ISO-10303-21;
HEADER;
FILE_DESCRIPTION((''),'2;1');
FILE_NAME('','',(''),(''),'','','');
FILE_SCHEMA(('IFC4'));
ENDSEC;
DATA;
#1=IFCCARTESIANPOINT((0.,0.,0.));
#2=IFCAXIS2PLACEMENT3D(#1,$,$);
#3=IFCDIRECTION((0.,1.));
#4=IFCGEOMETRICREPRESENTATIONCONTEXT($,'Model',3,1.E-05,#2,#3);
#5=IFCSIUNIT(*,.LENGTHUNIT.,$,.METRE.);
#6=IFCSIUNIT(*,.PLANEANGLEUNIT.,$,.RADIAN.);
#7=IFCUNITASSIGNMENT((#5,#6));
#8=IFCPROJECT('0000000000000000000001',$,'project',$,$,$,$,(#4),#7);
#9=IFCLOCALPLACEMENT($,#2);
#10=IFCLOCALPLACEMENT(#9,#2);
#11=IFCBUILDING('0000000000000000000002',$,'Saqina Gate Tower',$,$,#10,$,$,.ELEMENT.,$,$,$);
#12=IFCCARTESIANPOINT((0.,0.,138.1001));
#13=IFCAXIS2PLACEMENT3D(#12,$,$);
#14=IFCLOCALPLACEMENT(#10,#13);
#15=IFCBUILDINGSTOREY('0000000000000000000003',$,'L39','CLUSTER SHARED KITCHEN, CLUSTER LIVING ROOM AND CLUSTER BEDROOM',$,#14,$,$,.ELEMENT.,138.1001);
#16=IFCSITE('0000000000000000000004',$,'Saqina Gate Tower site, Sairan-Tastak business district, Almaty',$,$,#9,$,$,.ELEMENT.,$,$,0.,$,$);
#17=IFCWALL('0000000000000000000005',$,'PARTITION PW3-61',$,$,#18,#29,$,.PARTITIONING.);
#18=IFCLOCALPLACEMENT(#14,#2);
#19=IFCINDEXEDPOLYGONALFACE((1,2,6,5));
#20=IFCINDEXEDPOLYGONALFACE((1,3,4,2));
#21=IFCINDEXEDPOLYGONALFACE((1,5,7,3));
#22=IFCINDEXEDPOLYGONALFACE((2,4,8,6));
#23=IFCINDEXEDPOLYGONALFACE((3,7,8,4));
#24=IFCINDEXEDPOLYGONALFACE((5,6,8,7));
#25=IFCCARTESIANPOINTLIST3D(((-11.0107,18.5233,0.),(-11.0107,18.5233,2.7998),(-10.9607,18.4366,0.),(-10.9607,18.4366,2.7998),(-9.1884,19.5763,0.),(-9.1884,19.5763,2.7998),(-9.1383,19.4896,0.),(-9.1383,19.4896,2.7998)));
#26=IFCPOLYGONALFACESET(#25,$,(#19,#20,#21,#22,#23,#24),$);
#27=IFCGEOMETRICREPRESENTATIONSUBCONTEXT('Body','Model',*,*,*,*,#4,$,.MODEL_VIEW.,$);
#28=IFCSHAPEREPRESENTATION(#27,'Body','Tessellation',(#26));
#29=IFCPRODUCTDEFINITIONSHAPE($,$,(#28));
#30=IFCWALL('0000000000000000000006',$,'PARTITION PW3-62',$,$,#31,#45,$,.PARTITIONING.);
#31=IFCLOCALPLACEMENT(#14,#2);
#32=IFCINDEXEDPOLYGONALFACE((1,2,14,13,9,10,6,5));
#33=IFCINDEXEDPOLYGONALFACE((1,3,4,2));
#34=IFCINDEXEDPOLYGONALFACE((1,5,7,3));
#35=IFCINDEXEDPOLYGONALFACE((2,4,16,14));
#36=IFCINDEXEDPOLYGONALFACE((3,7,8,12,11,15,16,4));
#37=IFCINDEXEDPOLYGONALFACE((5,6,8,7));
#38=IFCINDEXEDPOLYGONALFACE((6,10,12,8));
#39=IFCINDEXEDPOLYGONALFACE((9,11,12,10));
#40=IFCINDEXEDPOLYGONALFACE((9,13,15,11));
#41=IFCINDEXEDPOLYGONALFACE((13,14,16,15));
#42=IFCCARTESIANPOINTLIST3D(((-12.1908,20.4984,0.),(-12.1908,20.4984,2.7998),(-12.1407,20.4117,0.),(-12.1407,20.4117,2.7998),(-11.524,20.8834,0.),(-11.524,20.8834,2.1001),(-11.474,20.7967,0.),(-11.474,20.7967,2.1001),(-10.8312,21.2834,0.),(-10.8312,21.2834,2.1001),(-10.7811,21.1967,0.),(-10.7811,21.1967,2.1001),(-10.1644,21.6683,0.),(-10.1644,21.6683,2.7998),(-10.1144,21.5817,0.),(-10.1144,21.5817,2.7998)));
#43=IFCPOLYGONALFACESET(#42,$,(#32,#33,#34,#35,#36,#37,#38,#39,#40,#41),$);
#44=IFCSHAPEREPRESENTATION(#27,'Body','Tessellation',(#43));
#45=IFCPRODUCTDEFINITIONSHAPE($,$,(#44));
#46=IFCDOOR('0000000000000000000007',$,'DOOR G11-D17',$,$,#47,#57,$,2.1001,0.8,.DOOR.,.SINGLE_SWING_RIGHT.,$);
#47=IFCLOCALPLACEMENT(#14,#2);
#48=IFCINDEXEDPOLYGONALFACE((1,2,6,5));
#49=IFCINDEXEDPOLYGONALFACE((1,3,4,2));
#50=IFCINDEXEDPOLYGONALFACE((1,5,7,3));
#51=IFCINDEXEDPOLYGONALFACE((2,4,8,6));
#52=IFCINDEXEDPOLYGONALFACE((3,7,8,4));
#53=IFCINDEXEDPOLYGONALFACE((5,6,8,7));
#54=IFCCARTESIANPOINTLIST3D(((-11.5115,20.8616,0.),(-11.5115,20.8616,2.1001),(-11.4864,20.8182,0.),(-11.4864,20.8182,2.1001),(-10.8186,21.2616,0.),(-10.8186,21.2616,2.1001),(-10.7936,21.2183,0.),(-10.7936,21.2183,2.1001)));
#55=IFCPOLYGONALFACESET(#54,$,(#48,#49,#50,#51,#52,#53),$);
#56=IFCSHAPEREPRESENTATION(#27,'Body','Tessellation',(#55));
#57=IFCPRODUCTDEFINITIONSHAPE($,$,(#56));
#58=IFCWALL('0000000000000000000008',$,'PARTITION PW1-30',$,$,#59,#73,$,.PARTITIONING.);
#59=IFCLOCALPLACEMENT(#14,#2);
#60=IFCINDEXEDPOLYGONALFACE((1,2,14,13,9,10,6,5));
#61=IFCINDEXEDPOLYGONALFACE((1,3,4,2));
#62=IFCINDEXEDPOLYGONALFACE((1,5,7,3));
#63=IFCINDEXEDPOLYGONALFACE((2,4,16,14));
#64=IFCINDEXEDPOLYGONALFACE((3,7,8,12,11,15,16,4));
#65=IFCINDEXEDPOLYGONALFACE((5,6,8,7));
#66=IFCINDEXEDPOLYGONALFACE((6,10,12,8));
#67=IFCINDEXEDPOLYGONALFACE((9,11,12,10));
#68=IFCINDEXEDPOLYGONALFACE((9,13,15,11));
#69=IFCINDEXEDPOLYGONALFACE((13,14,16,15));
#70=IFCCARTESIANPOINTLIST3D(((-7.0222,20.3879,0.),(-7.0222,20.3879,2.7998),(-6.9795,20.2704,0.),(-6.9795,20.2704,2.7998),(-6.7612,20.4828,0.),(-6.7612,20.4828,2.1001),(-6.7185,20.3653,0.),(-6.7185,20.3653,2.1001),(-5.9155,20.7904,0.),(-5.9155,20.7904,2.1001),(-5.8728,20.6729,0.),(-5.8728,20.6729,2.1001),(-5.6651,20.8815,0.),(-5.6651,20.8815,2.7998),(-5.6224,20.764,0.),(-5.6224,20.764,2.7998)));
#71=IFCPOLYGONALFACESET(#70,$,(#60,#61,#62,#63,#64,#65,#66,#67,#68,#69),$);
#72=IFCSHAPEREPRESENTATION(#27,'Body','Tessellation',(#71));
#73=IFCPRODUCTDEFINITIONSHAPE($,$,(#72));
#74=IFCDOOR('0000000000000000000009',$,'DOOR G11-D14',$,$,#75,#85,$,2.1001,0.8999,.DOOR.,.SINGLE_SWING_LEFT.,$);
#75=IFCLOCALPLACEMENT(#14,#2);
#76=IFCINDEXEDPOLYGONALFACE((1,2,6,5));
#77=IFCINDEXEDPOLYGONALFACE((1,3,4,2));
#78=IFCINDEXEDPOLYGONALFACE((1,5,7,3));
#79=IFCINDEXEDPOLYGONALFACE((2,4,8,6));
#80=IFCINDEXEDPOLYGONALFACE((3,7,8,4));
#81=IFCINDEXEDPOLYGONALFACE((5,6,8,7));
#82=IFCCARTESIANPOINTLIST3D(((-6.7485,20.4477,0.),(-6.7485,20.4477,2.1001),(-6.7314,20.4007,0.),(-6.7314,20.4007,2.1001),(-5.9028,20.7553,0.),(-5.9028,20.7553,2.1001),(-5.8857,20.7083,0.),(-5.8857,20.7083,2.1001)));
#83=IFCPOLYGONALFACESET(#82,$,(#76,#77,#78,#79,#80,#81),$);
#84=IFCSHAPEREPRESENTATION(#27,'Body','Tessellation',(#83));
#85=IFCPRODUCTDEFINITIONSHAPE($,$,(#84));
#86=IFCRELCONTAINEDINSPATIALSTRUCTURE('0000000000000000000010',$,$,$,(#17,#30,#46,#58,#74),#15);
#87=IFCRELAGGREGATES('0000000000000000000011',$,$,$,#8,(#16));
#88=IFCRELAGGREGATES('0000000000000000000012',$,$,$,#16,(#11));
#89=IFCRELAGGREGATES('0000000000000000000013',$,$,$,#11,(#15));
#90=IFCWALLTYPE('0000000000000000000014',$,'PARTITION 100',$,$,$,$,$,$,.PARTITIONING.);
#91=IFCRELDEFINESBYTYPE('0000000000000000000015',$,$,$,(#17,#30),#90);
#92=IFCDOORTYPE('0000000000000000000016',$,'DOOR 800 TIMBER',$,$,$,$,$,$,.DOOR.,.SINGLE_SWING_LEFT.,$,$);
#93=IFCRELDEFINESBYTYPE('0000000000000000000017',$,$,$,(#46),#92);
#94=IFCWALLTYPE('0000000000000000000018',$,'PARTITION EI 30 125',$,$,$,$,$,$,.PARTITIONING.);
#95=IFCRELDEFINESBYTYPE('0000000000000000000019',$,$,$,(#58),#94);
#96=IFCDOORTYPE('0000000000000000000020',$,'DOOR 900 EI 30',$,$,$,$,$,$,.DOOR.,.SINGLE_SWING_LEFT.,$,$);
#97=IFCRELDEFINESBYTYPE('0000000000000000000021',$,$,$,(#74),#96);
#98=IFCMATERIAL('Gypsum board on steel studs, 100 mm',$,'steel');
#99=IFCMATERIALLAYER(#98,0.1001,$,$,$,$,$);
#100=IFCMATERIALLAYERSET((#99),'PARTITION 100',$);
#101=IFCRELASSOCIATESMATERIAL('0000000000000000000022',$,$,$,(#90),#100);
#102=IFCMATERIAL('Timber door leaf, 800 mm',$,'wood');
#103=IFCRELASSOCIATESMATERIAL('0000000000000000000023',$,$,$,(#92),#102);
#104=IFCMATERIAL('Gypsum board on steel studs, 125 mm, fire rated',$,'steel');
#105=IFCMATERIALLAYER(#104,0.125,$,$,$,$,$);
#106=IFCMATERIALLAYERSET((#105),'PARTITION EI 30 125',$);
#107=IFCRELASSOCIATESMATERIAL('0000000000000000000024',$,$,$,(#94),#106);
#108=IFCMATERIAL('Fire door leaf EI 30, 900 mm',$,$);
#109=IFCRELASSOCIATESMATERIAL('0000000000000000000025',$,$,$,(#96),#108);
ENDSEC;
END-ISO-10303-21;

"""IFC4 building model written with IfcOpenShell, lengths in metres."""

from ifc_helpers import new_model, si_unit, direction, frame, frame_2d, origin, place, context, subcontext, project, spatial, rectangle, extrude, material, layer, layer_set, type_object, element, fill, save


model = new_model("IFC4")

# Units and contexts
model_context = context("Model", 3, precision=1e-05, world=origin(), true_north=direction((0.0, 1.0)))
body_context = subcontext(model_context, "Body", "Model", "MODEL_VIEW")
ifc_project = project(units=[si_unit("LENGTHUNIT", "METRE"), si_unit("PLANEANGLEUNIT", "RADIAN")], contexts=[model_context])

# Site, building, storey
site_placement = place(None, origin())
site = spatial("IfcSite", under=ifc_project, at=site_placement, Name="Saqina Gate Tower site, Sairan-Tastak business district, Almaty", CompositionType="ELEMENT", RefElevation=0.0)
building_placement = place(site_placement, origin())
building = spatial("IfcBuilding", under=site, at=building_placement, Name="Saqina Gate Tower", CompositionType="ELEMENT")
storey_placement = place(building_placement, frame((0.0, 0.0, 138.1001)))
storey = spatial("IfcBuildingStorey", under=building, at=storey_placement, Name="L39", Description="CLUSTER SHARED KITCHEN, CLUSTER LIVING ROOM AND CLUSTER BEDROOM", CompositionType="ELEMENT", Elevation=138.1001)

# Shared definitions
ifc_material_1 = material(Name="Gypsum board on steel studs, 100 mm", Category="steel")
ifc_layer_1 = layer(ifc_material_1, 0.1001)
ifc_layer_set_1 = layer_set([ifc_layer_1], Name="PARTITION 100")
wall_type_1 = type_object("IfcWallType", Name="PARTITION 100", PredefinedType="PARTITIONING", material=ifc_layer_set_1)

# Shared definitions
ifc_material_2 = material(Name="Timber door leaf, 800 mm", Category="wood")
door_type_1 = type_object("IfcDoorType", Name="DOOR 800 TIMBER", OperationType="SINGLE_SWING_LEFT", PredefinedType="DOOR", material=ifc_material_2)

# Wall
wall_1_placement = place(storey_placement, frame((-10.9856, 18.48, 0.0), z_axis=(0.0, 0.0, 1.0), x_axis=(0.865842, 0.500318, 0.0)))
element("IfcWall", 1, at=wall_1_placement, inside=storey, type_object=wall_type_1, Name="PARTITION PW3-61", PredefinedType="PARTITIONING", context=body_context, shape_type="SweptSolid", body=[
    extrude(rectangle(XDim=2.1047, YDim=0.1001, at=frame_2d((1.0522, 0.0))), origin(), (0.0, 0.0, 1.0), 2.7998),
])

# Walls, openings, doors
wall_2_placement = place(storey_placement, frame((-12.1658, 20.4551, 0.0), z_axis=(0.0, 0.0, 1.0), x_axis=(0.866026, 0.499999, 0.0)))
wall_2 = element("IfcWall", 2, at=wall_2_placement, inside=storey, type_object=wall_type_1, Name="PARTITION PW3-62", PredefinedType="PARTITIONING", context=body_context, shape_type="SweptSolid", body=[
    extrude(rectangle(XDim=2.3398, YDim=0.1001, at=frame_2d((1.1699, 0.0))), origin(), (0.0, 0.0, 1.0), 2.7998),
])
opening_1_placement = place(wall_2_placement, frame((0.77, 0.0, 0.0)))
opening_1 = element("IfcOpeningElement", 3, at=opening_1_placement, cuts=wall_2, PredefinedType="OPENING", context=body_context, shape_type="SweptSolid", body=[
    extrude(rectangle(XDim=0.8, YDim=2.1001, at=frame_2d((0.3999, 1.05))), frame((0.0, 0.062, 0.0), z_axis=(0.0, -1.0, 0.0), x_axis=(1.0, 0.0, 0.0)), (0.0, 0.0, 1.0), 0.124),
])
door_1_placement = place(opening_1_placement, origin())
door_1 = element("IfcDoor", 4, at=door_1_placement, inside=storey, type_object=door_type_1, Name="DOOR G11-D17", OperationType="SINGLE_SWING_RIGHT", OverallHeight=2.1001, OverallWidth=0.8, PredefinedType="DOOR", context=body_context, shape_type="SweptSolid", body=[
    extrude(rectangle(XDim=0.8, YDim=2.1001, at=frame_2d((0.3999, 1.05))), frame((0.0, 0.0249, 0.0), z_axis=(0.0, -1.0, 0.0), x_axis=(1.0, 0.0, 0.0)), (0.0, 0.0, 1.0), 0.05),
])
fill(opening_1, door_1)
ifc_material_3 = material(Name="Gypsum board on steel studs, 125 mm, fire rated", Category="steel")
ifc_layer_2 = layer(ifc_material_3, 0.125)
ifc_layer_set_2 = layer_set([ifc_layer_2], Name="PARTITION EI 30 125")
wall_type_2 = type_object("IfcWallType", Name="PARTITION EI 30 125", PredefinedType="PARTITIONING", material=ifc_layer_set_2)
wall_3_placement = place(storey_placement, frame((-7.001, 20.3291, 0.0), z_axis=(0.0, 0.0, 1.0), x_axis=(0.939764, 0.341825, 0.0)))
wall_3 = element("IfcWall", 5, at=wall_3_placement, inside=storey, type_object=wall_type_2, Name="PARTITION PW1-30", PredefinedType="PARTITIONING", context=body_context, shape_type="SweptSolid", body=[
    extrude(rectangle(XDim=1.4441, YDim=0.125, at=frame_2d((0.7222, 0.0))), origin(), (0.0, 0.0, 1.0), 2.7998),
])
opening_2_placement = place(wall_3_placement, frame((0.2778, 0.0, 0.0)))
opening_2 = element("IfcOpeningElement", 6, at=opening_2_placement, cuts=wall_3, PredefinedType="OPENING", context=body_context, shape_type="SweptSolid", body=[
    extrude(rectangle(XDim=0.8999, YDim=2.1001, at=frame_2d((0.45, 1.05))), frame((0.0, 0.0745, 0.0), z_axis=(0.0, -1.0, 0.0), x_axis=(1.0, 0.0, 0.0)), (0.0, 0.0, 1.0), 0.1489),
])
ifc_material_4 = material(Name="Fire door leaf EI 30, 900 mm")
door_type_2 = type_object("IfcDoorType", Name="DOOR 900 EI 30", OperationType="SINGLE_SWING_LEFT", PredefinedType="DOOR", material=ifc_material_4)
door_2_placement = place(opening_2_placement, frame((0.8999, 0.0, 0.0), z_axis=(0.0, 0.0, 1.0), x_axis=(-1.0, 0.0, 0.0)))
door_2 = element("IfcDoor", 7, at=door_2_placement, inside=storey, type_object=door_type_2, Name="DOOR G11-D14", OperationType="SINGLE_SWING_LEFT", OverallHeight=2.1001, OverallWidth=0.8999, PredefinedType="DOOR", context=body_context, shape_type="SweptSolid", body=[
    extrude(rectangle(XDim=0.8999, YDim=2.1001, at=frame_2d((0.45, 1.05))), frame((0.0, 0.0249, 0.0), z_axis=(0.0, -1.0, 0.0), x_axis=(1.0, 0.0, 0.0)), (0.0, 0.0, 1.0), 0.05),
])
fill(opening_2, door_2)

save(model, "model.ifc")
